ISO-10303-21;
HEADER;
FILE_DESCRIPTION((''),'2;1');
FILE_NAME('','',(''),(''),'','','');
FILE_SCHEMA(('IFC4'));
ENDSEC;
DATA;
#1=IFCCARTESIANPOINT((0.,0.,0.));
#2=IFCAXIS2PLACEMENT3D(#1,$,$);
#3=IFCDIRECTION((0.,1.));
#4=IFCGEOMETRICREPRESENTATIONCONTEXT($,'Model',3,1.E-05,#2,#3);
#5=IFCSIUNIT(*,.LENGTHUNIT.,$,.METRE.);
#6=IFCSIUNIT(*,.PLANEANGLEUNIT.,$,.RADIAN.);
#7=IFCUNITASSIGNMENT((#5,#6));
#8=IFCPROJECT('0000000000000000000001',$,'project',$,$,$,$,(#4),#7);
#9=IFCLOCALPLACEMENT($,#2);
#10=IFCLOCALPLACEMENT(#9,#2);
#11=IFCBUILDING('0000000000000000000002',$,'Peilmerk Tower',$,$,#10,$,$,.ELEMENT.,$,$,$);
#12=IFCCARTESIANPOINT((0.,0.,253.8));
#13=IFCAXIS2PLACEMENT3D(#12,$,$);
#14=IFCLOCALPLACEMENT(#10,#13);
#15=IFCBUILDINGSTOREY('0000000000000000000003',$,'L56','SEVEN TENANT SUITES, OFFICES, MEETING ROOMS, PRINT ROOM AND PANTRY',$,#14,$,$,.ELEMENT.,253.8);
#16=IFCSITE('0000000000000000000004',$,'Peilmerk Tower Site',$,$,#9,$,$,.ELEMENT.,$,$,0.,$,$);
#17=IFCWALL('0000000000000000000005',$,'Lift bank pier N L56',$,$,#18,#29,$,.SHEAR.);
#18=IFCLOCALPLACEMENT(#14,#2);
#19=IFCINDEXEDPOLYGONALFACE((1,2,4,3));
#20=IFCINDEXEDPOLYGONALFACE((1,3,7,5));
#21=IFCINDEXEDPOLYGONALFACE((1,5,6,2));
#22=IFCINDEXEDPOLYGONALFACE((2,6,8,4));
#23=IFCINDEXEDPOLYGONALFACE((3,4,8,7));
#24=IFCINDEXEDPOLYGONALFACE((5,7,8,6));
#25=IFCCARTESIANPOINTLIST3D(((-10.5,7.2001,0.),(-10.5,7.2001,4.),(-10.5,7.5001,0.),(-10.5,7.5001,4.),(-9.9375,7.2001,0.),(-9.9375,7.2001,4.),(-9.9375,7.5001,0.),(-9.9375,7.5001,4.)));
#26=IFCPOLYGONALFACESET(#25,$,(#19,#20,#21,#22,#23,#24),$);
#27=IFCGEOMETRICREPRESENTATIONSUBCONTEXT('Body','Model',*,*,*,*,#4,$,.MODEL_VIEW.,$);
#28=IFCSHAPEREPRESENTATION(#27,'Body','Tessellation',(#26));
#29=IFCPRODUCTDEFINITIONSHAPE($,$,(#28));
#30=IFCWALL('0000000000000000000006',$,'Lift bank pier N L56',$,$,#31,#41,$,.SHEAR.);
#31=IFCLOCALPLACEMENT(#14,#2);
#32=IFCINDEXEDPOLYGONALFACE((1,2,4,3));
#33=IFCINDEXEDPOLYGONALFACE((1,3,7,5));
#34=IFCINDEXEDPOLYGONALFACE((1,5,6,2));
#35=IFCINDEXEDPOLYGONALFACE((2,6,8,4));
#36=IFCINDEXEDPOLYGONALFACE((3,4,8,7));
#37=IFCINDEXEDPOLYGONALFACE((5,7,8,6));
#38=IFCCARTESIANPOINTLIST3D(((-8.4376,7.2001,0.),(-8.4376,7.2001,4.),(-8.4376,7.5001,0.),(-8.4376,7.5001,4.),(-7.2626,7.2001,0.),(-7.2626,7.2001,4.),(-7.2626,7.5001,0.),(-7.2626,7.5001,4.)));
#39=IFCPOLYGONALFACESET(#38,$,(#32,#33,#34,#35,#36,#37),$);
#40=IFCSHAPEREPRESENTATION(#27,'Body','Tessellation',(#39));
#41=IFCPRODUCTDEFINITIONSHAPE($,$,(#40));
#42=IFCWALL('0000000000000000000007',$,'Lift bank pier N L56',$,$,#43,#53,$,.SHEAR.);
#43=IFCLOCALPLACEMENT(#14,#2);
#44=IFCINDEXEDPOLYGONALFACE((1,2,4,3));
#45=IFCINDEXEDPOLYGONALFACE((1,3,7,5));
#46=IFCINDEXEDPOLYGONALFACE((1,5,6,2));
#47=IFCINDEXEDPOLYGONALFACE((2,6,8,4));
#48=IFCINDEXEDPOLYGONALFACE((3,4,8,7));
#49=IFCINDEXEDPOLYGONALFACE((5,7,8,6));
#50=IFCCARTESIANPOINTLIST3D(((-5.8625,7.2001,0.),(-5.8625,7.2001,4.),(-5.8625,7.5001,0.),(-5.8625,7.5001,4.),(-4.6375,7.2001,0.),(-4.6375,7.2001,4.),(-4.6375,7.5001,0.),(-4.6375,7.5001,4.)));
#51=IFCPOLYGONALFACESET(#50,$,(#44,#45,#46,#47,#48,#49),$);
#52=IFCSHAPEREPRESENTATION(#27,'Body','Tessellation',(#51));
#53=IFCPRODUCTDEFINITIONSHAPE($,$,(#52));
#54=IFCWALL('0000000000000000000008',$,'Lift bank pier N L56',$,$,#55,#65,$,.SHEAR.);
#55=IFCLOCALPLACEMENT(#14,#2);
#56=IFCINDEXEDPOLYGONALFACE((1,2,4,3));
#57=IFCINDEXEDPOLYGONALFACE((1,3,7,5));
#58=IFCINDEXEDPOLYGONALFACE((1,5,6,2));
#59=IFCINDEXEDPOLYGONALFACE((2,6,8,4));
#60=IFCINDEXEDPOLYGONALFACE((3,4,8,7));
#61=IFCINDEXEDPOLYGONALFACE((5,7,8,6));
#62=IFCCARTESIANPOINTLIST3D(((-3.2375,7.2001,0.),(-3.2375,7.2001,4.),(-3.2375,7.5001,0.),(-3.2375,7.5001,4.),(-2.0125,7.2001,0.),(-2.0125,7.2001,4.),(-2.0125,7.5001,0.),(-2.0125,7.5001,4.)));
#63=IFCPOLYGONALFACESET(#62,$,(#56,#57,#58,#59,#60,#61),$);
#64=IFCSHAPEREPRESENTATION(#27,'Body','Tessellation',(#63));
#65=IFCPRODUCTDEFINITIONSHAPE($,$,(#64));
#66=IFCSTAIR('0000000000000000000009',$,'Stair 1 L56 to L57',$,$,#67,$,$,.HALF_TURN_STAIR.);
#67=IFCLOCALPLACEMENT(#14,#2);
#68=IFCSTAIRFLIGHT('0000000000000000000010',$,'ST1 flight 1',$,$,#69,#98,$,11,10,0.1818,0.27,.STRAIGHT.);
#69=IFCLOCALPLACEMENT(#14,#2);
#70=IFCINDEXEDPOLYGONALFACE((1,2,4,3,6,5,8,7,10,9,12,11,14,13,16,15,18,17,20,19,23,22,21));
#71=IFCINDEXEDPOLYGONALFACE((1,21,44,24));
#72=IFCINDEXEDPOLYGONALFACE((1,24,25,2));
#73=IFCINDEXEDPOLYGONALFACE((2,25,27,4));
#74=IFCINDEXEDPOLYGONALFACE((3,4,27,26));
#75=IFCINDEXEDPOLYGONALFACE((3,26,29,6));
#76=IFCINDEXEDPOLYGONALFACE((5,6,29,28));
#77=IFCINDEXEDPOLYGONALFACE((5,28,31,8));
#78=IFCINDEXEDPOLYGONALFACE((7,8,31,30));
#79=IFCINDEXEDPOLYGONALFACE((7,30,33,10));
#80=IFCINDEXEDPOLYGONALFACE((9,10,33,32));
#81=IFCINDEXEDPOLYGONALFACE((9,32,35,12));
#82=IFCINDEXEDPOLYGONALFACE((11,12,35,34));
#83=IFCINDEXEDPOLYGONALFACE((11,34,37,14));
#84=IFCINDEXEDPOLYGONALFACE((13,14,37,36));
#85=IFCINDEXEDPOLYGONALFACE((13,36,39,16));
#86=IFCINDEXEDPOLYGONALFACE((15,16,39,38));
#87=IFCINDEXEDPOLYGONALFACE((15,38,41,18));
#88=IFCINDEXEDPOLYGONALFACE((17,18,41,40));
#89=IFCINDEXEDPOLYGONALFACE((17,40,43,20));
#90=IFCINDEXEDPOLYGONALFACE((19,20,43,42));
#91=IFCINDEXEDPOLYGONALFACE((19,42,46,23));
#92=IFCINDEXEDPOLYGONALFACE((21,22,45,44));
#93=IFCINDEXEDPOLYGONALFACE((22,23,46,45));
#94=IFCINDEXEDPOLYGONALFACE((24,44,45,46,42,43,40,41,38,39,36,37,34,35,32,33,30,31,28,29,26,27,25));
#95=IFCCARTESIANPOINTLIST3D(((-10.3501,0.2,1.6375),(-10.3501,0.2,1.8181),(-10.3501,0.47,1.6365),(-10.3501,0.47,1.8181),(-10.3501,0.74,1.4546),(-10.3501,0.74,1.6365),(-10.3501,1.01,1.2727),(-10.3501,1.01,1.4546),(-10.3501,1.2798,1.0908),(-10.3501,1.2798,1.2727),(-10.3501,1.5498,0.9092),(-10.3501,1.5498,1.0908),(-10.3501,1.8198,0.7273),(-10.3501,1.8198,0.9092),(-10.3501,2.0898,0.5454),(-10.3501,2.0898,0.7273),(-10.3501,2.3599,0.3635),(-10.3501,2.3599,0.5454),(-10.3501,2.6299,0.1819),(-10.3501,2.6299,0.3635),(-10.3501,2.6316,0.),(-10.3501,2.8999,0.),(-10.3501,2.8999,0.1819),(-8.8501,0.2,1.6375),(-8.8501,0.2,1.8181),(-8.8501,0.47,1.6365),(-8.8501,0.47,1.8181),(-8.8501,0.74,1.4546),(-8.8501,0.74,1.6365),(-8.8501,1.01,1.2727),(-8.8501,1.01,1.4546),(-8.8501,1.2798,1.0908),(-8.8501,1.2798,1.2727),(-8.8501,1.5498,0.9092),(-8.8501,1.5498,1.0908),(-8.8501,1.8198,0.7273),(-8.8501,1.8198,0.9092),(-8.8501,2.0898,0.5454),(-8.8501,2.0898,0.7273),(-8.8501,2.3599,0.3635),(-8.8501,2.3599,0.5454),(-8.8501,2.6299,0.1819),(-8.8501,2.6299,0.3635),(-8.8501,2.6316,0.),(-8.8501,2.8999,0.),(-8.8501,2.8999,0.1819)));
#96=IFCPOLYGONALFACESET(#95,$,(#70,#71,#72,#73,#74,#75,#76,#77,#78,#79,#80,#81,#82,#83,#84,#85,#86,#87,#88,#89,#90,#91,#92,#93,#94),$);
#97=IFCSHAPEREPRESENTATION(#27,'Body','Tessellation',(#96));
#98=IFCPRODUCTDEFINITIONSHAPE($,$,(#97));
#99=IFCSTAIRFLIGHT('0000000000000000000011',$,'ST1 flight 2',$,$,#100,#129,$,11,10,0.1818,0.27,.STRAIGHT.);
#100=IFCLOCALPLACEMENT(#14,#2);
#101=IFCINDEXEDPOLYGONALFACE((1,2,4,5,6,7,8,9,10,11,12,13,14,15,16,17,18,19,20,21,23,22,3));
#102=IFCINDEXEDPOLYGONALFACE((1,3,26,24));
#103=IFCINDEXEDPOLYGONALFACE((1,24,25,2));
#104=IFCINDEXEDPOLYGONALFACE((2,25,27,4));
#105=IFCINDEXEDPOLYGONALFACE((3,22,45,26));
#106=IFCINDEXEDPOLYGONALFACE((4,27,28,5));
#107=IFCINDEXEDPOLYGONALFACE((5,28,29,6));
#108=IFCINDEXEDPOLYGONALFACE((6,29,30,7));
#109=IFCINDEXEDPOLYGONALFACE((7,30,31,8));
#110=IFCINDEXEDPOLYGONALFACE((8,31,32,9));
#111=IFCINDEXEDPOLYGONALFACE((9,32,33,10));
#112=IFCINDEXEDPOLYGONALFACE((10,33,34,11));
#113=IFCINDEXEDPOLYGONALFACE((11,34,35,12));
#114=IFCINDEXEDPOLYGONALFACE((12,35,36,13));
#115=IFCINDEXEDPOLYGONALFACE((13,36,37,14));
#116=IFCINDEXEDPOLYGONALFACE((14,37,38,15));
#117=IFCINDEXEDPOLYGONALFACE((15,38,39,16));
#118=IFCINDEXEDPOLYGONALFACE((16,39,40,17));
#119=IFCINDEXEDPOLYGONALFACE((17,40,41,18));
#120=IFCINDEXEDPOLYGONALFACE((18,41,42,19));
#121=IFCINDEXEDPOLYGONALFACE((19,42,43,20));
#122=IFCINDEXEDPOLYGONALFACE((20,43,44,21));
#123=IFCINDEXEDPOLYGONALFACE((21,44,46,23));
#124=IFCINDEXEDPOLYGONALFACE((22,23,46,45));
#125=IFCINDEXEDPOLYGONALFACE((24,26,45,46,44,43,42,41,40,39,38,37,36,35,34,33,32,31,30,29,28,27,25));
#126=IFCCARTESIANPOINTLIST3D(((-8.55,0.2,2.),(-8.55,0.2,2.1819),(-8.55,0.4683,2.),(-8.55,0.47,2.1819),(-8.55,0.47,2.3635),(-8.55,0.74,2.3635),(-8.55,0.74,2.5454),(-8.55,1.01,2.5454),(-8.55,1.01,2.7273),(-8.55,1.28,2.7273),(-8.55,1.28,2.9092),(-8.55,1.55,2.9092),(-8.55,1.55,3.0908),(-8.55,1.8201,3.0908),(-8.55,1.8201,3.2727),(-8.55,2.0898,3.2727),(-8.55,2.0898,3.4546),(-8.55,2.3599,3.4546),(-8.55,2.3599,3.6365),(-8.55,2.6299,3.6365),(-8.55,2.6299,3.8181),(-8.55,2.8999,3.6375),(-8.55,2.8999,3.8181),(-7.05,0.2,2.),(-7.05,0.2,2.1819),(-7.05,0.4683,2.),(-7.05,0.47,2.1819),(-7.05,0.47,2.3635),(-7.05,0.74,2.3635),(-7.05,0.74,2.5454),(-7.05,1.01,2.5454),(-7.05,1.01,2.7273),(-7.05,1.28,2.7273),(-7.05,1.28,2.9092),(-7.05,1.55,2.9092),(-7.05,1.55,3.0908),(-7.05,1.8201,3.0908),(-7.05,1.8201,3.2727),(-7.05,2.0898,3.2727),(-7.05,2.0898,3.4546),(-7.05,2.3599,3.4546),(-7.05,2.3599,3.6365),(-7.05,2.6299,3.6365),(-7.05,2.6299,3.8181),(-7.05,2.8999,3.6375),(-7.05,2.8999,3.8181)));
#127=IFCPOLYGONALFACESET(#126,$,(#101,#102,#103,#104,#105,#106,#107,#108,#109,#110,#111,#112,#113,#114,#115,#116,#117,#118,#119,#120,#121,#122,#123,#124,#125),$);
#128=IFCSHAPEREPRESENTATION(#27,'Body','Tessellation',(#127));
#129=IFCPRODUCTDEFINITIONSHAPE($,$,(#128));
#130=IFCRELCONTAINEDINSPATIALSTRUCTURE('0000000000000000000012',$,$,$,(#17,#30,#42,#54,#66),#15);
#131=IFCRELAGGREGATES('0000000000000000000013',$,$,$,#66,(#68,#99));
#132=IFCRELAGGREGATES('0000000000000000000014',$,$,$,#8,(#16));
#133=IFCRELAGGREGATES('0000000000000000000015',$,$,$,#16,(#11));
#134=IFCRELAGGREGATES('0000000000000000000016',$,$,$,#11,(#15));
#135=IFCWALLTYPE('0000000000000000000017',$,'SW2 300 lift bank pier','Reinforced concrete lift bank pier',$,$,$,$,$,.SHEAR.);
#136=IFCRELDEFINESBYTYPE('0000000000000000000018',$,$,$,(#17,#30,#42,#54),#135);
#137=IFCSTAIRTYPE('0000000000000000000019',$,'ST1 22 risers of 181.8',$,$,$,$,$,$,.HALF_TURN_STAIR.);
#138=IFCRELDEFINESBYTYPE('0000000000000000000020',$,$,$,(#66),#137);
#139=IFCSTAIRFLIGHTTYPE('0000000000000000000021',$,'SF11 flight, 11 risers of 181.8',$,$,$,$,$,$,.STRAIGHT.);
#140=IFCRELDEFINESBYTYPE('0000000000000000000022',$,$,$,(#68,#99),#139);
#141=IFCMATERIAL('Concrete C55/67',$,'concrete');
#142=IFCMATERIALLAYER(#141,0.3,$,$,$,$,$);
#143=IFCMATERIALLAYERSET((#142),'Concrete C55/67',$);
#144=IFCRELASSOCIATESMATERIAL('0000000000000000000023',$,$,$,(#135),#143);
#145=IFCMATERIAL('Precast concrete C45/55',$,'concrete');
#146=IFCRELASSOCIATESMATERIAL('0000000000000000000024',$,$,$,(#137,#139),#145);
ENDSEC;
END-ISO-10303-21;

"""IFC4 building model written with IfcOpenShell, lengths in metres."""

from ifc_helpers import new_model, si_unit, direction, frame, frame_2d, origin, place, context, subcontext, project, spatial, polyline, rectangle, outline, extrude, material, layer, layer_set, type_object, element, aggregate, save


model = new_model("IFC4")

# Units and contexts
model_context = context("Model", 3, precision=1e-05, world=origin(), true_north=direction((0.0, 1.0)))
body_context = subcontext(model_context, "Body", "Model", "MODEL_VIEW")
ifc_project = project(units=[si_unit("LENGTHUNIT", "METRE"), si_unit("PLANEANGLEUNIT", "RADIAN")], contexts=[model_context])

# Site, building, storey
site_placement = place(None, origin())
site = spatial("IfcSite", under=ifc_project, at=site_placement, Name="Peilmerk Tower Site", CompositionType="ELEMENT", RefElevation=0.0)
building_placement = place(site_placement, origin())
building = spatial("IfcBuilding", under=site, at=building_placement, Name="Peilmerk Tower", CompositionType="ELEMENT")
storey_placement = place(building_placement, frame((0.0, 0.0, 253.8)))
storey = spatial("IfcBuildingStorey", under=building, at=storey_placement, Name="L56", Description="SEVEN TENANT SUITES, OFFICES, MEETING ROOMS, PRINT ROOM AND PANTRY", CompositionType="ELEMENT", Elevation=253.8)

# Shared definitions
ifc_material_1 = material(Name="Concrete C55/67", Category="concrete")

# Walls
ifc_layer_1 = layer(ifc_material_1, 0.3)
ifc_layer_set_1 = layer_set([ifc_layer_1], Name="Concrete C55/67")
wall_type_1 = type_object("IfcWallType", Name="SW2 300 lift bank pier", Description="Reinforced concrete lift bank pier", PredefinedType="SHEAR", material=ifc_layer_set_1)
wall_1_placement = place(storey_placement, frame((-10.5, 7.3501, 0.0), z_axis=(0.0, 0.0, 1.0), x_axis=(1.0, 0.0, 0.0)))
element("IfcWall", 1, at=wall_1_placement, inside=storey, type_object=wall_type_1, Name="Lift bank pier N L56", PredefinedType="SHEAR", context=body_context, shape_type="SweptSolid", body=[
    extrude(rectangle(XDim=0.5625, YDim=0.3, at=frame_2d((0.2812, 0.0))), origin(), (0.0, 0.0, 1.0), 4.0),
])
wall_2_placement = place(storey_placement, frame((-8.4375, 7.3501, 0.0), z_axis=(0.0, 0.0, 1.0), x_axis=(1.0, 0.0, 0.0)))
element("IfcWall", 2, at=wall_2_placement, inside=storey, type_object=wall_type_1, Name="Lift bank pier N L56", PredefinedType="SHEAR", context=body_context, shape_type="SweptSolid", body=[
    extrude(rectangle(XDim=1.175, YDim=0.3, at=frame_2d((0.5874, 0.0))), origin(), (0.0, 0.0, 1.0), 4.0),
])
for number, where, z_axis, x_axis, name in (
    (3, (-5.8625, 7.3501, 0.0), (0.0, 0.0, 1.0), (1.0, 0.0, 0.0), "Lift bank pier N L56"),
    (4, (-3.2375, 7.3501, 0.0), (0.0, 0.0, 1.0), (1.0, 0.0, 0.0), "Lift bank pier N L56"),
):
    element("IfcWall", number, at=place(storey_placement, frame(where, z_axis=z_axis, x_axis=x_axis)), inside=storey, type_object=wall_type_1, Name=name, PredefinedType="SHEAR", context=body_context, shape_type="SweptSolid", body=[
        extrude(rectangle(XDim=1.2251, YDim=0.3, at=frame_2d((0.6125, 0.0))), origin(), (0.0, 0.0, 1.0), 4.0),
    ])

# Stair, stair flights
ifc_material_2 = material(Name="Precast concrete C45/55", Category="concrete")
stair_type = type_object("IfcStairType", Name="ST1 22 risers of 181.8", PredefinedType="HALF_TURN_STAIR", material=ifc_material_2)
stair_placement = place(storey_placement, origin())
stair = element("IfcStair", 5, at=stair_placement, inside=storey, type_object=stair_type, Name="Stair 1 L56 to L57", PredefinedType="HALF_TURN_STAIR")
stair_flight_type = type_object("IfcStairFlightType", Name="SF11 flight, 11 risers of 181.8", PredefinedType="STRAIGHT", material=ifc_material_2)
stair_flight_1_placement = place(storey_placement, frame((-9.6001, 2.8999, 0.0), z_axis=(0.0, 0.0, 1.0), x_axis=(0.0, -1.0, 0.0)))
stair_flight_1 = element("IfcStairFlight", 6, at=stair_flight_1_placement, type_object=stair_flight_type, Name="ST1 flight 1", NumberOfRisers=11, NumberOfTreads=10, PredefinedType="STRAIGHT", RiserHeight=0.1818, TreadLength=0.27, context=body_context, shape_type="SweptSolid", body=[
    extrude(outline(polyline([(0.0, 0.0), (0.0, 0.1819), (0.27, 0.1819), (0.27, 0.3635), (0.54, 0.3635), (0.54, 0.5454), (0.8101, 0.5454), (0.8101, 0.7273), (1.0801, 0.7273), (1.0801, 0.9092), (1.3501, 0.9092), (1.3501, 1.0908), (1.6201, 1.0908), (1.6201, 1.2727), (1.8899, 1.2727), (1.8899, 1.4546), (2.1599, 1.4546), (2.1599, 1.6365), (2.4299, 1.6365), (2.4299, 1.8181), (2.7, 1.8181), (2.7, 2.0), (2.7, 1.6375), (0.2683, 0.0), (0.0, 0.0)])), frame((0.0, 0.75, 0.0), z_axis=(0.0, -1.0, 0.0), x_axis=(1.0, 0.0, 0.0)), (0.0, 0.0, 1.0), 1.5),
])
stair_flight_2_placement = place(storey_placement, frame((-7.8, 0.2, 2.0), z_axis=(0.0, 0.0, 1.0), x_axis=(0.0, 1.0, 0.0)))
stair_flight_2 = element("IfcStairFlight", 7, at=stair_flight_2_placement, type_object=stair_flight_type, Name="ST1 flight 2", NumberOfRisers=11, NumberOfTreads=10, PredefinedType="STRAIGHT", RiserHeight=0.1818, TreadLength=0.27, context=body_context, shape_type="SweptSolid", body=[
    extrude(outline(polyline([(0.0, 0.0), (0.0, 0.1819), (0.27, 0.1819), (0.27, 0.3635), (0.54, 0.3635), (0.54, 0.5454), (0.8101, 0.5454), (0.8101, 0.7273), (1.0801, 0.7273), (1.0801, 0.9092), (1.3501, 0.9092), (1.3501, 1.0908), (1.6201, 1.0908), (1.6201, 1.2727), (1.8899, 1.2727), (1.8899, 1.4546), (2.1599, 1.4546), (2.1599, 1.6365), (2.4299, 1.6365), (2.4299, 1.8181), (2.7, 1.8181), (2.7, 2.0), (2.7, 1.6375), (0.2683, 0.0), (0.0, 0.0)])), frame((0.0, 0.75, 0.0), z_axis=(0.0, -1.0, 0.0), x_axis=(1.0, 0.0, 0.0)), (0.0, 0.0, 1.0), 1.5),
])
aggregate(stair, [stair_flight_1, stair_flight_2])

save(model, "model.ifc")
